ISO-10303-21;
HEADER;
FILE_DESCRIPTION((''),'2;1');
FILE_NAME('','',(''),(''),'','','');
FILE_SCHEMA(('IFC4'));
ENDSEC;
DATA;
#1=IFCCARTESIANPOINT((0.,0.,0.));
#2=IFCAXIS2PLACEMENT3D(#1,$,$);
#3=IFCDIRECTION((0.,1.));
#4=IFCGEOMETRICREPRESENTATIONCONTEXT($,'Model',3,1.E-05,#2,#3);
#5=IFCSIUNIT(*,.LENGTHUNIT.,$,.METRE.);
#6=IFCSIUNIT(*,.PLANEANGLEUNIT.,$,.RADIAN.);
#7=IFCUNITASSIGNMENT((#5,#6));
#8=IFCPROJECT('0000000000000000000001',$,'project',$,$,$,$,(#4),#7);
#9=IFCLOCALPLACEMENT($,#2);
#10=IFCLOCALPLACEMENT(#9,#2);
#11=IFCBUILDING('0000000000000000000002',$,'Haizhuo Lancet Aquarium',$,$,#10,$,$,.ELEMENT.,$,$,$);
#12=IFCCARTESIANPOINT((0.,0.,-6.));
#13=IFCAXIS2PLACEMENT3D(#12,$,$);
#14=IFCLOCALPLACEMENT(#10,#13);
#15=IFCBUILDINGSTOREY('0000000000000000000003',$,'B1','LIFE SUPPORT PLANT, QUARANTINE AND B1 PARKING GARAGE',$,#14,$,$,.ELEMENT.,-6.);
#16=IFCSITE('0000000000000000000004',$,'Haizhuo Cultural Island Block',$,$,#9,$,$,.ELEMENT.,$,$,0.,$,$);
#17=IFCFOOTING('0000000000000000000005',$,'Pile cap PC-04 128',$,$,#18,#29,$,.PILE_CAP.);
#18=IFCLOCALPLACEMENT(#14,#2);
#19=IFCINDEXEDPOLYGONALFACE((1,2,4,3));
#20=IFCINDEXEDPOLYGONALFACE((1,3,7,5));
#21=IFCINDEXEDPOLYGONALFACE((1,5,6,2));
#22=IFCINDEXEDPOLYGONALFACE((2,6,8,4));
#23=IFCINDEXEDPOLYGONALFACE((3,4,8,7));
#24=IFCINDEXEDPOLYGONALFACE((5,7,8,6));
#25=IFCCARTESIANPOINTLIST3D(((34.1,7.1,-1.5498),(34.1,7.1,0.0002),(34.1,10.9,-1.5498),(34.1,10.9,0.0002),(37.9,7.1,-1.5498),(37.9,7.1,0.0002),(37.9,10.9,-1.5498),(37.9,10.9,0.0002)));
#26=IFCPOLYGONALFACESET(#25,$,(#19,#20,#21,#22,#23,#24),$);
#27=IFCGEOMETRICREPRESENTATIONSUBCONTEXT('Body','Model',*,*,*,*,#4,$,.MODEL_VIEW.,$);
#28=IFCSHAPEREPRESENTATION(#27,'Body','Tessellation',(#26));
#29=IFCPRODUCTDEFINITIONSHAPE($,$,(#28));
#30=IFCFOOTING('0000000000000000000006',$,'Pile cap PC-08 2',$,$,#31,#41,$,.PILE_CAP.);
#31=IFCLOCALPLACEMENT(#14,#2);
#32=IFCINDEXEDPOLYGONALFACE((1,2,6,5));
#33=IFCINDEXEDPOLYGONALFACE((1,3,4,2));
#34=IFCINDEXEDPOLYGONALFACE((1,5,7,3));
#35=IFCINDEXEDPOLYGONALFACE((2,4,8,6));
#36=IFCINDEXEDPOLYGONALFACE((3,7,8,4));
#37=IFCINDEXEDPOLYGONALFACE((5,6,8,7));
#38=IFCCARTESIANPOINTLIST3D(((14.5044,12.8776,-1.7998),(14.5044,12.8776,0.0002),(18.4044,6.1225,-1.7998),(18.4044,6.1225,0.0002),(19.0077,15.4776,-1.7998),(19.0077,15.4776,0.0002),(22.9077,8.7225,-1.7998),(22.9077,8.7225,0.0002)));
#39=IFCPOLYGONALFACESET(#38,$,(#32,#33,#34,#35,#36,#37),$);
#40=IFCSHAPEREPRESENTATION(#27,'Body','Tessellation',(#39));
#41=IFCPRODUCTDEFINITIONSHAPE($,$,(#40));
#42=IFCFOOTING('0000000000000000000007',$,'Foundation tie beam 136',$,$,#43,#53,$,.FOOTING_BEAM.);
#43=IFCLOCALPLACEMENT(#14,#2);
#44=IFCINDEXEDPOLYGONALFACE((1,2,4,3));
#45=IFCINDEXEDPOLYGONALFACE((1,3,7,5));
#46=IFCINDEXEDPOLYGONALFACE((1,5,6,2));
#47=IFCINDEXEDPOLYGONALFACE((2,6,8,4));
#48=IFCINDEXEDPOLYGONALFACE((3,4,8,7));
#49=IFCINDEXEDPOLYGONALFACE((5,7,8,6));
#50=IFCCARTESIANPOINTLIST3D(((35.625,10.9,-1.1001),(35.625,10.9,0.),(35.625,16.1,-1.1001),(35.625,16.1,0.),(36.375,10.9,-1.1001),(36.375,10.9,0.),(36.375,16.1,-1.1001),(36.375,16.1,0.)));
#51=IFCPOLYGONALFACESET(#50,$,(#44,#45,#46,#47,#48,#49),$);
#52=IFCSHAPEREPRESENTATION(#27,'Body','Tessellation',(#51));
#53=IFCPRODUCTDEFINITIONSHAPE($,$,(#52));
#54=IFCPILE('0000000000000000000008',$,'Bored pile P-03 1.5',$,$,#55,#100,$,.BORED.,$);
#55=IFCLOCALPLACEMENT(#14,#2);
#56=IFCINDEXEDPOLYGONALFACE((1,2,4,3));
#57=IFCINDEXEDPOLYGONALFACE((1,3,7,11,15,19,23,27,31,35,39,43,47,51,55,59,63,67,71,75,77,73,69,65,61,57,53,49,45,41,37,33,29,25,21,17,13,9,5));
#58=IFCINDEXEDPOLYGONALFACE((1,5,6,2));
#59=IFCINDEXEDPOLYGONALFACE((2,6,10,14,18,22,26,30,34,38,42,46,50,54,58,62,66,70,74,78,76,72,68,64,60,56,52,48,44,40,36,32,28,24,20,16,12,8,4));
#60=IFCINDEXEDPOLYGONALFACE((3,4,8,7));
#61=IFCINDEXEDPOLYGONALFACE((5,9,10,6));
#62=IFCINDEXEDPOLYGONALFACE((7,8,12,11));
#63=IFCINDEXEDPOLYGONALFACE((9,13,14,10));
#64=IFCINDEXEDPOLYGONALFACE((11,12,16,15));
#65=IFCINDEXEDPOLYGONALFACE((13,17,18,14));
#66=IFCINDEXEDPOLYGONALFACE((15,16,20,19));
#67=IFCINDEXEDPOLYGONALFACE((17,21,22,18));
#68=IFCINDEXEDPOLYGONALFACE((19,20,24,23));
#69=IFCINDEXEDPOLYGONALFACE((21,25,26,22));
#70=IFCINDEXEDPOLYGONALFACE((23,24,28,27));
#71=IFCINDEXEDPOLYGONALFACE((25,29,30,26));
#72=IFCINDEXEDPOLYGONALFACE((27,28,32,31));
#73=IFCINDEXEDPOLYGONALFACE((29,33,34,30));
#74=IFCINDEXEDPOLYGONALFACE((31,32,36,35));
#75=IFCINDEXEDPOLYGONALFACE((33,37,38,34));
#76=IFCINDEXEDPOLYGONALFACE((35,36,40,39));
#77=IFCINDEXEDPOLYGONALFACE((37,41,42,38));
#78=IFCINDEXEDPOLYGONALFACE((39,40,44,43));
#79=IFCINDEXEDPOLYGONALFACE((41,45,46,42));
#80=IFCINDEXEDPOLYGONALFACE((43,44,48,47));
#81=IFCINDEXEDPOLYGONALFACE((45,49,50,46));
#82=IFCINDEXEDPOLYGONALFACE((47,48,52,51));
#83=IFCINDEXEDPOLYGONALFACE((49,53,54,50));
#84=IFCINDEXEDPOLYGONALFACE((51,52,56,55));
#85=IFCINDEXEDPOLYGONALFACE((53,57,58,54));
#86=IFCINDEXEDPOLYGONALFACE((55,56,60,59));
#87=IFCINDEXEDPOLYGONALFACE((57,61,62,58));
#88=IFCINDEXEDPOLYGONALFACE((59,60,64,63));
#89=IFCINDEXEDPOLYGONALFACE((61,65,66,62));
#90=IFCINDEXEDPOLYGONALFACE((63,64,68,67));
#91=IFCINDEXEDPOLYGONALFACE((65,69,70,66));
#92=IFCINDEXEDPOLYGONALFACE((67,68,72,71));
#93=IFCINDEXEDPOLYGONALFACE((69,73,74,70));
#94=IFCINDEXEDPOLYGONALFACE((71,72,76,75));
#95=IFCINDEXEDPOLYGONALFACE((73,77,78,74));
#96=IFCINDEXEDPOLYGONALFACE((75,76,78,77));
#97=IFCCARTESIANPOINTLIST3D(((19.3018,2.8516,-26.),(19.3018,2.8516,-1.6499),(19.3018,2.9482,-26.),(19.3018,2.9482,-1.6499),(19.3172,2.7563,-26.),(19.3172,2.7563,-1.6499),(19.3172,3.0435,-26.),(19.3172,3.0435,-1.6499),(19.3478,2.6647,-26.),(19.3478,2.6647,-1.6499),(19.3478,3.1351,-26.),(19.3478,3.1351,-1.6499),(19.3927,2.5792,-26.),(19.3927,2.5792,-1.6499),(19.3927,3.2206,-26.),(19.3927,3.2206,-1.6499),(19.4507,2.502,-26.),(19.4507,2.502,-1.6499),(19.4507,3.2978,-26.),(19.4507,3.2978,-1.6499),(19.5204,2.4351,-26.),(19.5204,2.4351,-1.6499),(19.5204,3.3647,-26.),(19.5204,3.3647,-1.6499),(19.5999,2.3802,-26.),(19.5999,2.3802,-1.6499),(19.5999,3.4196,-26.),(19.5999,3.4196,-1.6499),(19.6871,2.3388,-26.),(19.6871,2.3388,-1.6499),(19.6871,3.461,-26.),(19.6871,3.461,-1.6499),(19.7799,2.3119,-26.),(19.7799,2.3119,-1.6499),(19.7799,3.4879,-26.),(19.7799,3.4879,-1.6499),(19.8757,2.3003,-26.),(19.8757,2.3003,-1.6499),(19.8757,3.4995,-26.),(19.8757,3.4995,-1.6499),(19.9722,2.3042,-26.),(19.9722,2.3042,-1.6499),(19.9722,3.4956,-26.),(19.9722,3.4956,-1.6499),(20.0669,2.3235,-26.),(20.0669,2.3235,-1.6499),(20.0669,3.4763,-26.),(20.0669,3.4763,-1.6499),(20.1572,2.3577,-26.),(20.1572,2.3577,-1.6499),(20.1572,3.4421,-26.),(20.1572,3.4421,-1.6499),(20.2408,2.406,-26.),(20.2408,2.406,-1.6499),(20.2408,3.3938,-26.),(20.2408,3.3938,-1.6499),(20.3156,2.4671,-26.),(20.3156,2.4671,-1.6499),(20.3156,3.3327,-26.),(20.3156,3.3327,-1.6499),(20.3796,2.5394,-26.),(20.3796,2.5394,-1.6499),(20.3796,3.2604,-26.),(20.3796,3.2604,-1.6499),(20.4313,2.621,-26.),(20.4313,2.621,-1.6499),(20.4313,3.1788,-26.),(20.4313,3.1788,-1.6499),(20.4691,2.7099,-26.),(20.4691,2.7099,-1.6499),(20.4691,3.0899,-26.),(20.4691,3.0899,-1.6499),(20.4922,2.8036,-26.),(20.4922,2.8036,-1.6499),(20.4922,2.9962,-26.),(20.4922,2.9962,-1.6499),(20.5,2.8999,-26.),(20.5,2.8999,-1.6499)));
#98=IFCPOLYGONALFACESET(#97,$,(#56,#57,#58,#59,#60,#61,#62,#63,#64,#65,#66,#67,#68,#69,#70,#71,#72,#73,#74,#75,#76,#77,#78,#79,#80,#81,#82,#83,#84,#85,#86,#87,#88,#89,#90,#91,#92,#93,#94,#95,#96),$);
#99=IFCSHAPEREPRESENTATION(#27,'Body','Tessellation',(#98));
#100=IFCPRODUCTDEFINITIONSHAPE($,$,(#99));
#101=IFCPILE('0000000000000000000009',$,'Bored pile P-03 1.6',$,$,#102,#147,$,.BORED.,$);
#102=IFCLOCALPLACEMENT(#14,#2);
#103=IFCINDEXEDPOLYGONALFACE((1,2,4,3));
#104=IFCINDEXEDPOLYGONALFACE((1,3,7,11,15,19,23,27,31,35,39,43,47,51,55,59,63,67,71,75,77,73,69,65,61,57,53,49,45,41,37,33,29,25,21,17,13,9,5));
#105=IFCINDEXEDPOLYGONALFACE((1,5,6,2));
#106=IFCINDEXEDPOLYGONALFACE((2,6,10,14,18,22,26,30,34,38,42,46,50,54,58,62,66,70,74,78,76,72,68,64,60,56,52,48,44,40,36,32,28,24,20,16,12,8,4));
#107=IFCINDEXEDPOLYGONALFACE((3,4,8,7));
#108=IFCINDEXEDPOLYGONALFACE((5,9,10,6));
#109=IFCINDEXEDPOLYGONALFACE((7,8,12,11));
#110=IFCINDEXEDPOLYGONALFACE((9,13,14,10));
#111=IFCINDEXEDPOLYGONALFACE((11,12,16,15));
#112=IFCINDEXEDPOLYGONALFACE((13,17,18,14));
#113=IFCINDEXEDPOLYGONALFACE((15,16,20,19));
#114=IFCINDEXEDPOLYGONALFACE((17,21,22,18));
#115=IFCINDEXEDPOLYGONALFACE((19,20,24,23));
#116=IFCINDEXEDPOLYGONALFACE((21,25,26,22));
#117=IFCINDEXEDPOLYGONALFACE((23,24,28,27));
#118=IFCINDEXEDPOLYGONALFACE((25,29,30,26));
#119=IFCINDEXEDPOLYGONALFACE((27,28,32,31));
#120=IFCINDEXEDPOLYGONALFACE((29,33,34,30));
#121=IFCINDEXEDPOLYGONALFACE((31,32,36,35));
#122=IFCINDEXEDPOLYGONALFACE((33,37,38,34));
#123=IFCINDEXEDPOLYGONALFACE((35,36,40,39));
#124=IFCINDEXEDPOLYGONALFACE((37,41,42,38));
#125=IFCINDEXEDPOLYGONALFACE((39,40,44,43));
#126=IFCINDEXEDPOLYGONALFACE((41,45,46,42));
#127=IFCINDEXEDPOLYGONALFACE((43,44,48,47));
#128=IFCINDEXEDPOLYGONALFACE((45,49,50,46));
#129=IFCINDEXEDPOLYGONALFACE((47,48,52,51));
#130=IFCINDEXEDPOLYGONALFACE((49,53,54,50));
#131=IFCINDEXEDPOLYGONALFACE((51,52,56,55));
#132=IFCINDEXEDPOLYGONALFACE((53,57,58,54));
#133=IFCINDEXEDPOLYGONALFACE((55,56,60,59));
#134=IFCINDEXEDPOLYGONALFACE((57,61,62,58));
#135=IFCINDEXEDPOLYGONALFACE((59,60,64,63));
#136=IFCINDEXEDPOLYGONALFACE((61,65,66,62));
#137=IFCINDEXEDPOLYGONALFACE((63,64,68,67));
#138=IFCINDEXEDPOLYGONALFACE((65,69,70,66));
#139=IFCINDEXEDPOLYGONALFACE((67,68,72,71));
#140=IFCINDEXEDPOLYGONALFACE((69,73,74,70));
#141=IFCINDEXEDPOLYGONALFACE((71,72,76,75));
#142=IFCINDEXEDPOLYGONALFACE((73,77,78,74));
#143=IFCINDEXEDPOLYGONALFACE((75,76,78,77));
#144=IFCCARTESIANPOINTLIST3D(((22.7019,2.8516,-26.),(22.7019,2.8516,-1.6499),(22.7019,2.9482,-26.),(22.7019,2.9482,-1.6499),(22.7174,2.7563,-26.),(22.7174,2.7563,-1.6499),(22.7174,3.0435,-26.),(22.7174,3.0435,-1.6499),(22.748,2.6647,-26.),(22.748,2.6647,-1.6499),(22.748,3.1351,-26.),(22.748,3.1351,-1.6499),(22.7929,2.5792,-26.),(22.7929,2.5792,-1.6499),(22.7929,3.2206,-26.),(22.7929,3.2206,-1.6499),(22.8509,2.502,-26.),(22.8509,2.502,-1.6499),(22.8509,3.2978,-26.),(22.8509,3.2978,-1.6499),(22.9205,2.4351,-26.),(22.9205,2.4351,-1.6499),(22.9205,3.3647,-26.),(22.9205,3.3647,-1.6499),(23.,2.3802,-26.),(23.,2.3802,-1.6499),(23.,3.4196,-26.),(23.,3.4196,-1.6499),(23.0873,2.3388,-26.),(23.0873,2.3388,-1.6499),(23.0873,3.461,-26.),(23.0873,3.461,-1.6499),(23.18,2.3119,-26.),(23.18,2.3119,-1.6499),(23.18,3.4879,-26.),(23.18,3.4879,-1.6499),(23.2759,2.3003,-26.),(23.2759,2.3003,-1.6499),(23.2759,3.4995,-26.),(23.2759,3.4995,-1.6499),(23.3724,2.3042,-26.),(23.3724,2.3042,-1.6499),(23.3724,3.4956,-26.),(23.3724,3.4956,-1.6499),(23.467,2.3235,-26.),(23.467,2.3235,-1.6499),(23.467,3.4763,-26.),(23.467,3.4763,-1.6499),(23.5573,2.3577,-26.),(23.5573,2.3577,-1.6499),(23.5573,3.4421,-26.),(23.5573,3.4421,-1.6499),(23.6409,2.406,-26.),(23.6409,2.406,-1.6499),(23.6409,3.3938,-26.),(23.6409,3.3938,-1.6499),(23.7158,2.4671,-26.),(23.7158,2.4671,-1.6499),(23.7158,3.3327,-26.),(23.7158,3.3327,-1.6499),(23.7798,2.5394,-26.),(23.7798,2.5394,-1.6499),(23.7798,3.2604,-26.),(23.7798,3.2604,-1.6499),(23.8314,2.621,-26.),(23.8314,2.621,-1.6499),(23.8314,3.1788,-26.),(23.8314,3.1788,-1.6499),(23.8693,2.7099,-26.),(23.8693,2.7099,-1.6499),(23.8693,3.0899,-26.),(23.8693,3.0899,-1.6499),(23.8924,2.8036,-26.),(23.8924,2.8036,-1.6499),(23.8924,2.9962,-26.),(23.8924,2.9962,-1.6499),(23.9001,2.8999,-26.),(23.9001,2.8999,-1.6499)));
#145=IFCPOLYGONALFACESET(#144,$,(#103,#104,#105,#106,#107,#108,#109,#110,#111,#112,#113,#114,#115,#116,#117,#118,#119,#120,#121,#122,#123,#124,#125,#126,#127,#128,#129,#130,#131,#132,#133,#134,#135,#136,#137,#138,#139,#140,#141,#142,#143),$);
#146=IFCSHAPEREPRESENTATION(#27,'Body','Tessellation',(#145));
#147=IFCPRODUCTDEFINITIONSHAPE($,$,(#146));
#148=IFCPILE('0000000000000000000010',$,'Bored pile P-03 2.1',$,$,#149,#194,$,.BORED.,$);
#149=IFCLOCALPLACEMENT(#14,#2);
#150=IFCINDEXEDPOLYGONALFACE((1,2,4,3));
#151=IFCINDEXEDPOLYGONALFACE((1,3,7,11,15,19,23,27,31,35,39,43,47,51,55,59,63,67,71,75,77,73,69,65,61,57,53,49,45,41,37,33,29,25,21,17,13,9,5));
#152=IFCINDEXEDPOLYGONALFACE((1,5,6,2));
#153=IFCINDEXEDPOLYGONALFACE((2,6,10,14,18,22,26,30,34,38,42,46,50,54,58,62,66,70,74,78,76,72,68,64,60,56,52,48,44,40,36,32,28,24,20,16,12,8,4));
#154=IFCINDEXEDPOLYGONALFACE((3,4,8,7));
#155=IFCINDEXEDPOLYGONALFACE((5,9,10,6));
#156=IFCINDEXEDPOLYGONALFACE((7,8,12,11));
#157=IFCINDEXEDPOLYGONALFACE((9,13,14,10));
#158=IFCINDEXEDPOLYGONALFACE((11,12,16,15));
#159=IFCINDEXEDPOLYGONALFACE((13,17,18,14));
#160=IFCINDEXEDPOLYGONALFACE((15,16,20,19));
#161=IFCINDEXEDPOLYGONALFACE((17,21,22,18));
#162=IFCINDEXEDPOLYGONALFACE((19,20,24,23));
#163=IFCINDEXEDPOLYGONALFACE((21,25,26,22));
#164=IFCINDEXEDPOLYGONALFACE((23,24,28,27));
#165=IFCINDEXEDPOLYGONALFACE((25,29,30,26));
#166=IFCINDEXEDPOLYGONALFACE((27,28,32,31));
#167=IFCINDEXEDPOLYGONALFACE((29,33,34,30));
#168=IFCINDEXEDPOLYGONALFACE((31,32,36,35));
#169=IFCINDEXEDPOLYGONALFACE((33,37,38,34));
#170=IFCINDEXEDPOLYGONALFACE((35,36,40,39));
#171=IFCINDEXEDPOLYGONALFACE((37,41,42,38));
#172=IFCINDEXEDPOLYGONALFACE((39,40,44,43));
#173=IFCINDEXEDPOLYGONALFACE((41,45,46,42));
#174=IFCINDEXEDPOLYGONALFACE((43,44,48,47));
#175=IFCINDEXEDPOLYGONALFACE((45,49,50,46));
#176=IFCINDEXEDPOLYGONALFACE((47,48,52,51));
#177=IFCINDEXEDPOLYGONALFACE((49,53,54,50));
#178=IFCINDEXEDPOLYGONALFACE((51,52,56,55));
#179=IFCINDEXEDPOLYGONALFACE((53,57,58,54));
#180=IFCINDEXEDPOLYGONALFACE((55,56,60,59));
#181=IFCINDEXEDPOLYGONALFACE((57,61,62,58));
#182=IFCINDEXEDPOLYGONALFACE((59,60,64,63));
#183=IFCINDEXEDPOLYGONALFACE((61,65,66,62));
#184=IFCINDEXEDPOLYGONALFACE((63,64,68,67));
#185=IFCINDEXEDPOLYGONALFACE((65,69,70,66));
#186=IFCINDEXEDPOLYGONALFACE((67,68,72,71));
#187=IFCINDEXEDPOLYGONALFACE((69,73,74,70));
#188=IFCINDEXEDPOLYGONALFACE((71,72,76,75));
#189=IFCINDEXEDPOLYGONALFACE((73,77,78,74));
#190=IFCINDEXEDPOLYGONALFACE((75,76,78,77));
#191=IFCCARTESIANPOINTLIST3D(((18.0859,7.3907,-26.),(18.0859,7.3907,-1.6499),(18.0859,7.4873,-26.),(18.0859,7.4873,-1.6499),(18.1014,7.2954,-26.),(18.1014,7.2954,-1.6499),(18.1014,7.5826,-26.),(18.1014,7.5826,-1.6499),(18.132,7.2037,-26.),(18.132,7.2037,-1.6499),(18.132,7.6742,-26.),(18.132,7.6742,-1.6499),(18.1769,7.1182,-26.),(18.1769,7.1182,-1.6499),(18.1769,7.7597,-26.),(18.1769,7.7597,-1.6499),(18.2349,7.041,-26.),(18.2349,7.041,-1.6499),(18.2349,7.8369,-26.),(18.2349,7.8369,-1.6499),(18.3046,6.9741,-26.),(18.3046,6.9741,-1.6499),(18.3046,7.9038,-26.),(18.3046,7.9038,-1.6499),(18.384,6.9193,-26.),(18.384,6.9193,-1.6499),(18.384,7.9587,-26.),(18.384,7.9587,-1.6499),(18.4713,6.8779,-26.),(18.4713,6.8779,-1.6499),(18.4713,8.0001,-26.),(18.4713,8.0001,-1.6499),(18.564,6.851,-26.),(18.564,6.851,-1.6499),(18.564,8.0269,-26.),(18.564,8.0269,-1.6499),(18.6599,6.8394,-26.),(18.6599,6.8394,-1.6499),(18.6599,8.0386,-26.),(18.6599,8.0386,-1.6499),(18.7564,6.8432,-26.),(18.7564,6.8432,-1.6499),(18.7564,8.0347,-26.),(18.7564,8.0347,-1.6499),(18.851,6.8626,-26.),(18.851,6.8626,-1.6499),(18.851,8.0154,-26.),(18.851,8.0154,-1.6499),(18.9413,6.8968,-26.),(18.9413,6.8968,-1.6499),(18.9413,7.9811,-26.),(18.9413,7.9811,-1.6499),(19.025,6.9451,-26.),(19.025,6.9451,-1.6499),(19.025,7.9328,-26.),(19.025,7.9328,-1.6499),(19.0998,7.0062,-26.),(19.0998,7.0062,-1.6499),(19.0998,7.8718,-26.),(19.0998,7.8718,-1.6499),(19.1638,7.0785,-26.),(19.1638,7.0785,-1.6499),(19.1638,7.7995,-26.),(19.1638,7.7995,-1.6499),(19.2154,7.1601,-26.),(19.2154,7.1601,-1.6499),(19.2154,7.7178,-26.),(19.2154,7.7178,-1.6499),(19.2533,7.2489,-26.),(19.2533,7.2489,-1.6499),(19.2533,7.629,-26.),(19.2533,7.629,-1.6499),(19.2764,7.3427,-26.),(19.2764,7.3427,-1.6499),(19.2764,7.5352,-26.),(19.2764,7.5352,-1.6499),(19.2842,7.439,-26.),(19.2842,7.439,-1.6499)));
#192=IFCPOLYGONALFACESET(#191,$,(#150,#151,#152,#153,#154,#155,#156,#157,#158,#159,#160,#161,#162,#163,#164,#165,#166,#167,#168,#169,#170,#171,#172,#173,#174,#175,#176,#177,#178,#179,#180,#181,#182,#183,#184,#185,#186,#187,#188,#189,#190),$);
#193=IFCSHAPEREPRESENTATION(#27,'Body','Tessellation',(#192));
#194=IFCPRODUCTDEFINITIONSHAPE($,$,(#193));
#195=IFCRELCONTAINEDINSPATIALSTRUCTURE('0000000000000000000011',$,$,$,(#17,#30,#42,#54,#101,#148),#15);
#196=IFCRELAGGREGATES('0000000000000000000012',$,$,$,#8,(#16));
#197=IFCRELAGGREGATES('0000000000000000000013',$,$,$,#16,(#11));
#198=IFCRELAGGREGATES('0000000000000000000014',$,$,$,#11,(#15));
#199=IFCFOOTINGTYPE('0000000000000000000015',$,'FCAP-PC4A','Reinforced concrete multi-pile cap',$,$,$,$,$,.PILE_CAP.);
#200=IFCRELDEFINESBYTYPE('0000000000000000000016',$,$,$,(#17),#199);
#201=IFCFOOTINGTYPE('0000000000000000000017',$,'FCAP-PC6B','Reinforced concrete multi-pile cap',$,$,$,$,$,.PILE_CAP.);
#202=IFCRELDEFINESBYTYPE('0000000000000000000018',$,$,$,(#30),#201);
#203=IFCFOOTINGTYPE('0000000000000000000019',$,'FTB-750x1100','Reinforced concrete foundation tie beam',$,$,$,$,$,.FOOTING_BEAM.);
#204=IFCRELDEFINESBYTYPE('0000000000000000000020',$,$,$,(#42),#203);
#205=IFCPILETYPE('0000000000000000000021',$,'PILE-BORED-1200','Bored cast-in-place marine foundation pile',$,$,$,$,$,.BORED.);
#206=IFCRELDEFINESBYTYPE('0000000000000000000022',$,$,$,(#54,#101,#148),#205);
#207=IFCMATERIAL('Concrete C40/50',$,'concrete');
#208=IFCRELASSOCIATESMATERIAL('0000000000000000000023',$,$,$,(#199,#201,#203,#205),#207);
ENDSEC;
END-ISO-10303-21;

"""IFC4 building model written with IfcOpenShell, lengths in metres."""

from ifc_helpers import new_model, si_unit, direction, frame, origin, origin_2d, place, context, subcontext, project, spatial, rectangle, circle, extrude, material, material_profile, profile_set, type_object, element, save


model = new_model("IFC4")

# Units and contexts
model_context = context("Model", 3, precision=1e-05, world=origin(), true_north=direction((0.0, 1.0)))
body_context = subcontext(model_context, "Body", "Model", "MODEL_VIEW")
ifc_project = project(units=[si_unit("LENGTHUNIT", "METRE"), si_unit("PLANEANGLEUNIT", "RADIAN")], contexts=[model_context])

# Site, building, storey
site_placement = place(None, origin())
site = spatial("IfcSite", under=ifc_project, at=site_placement, Name="Haizhuo Cultural Island Block", CompositionType="ELEMENT", RefElevation=0.0)
building_placement = place(site_placement, origin())
building = spatial("IfcBuilding", under=site, at=building_placement, Name="Haizhuo Lancet Aquarium", CompositionType="ELEMENT")
storey_placement = place(building_placement, frame((0.0, 0.0, -6.0)))
storey = spatial("IfcBuildingStorey", under=building, at=storey_placement, Name="B1", Description="LIFE SUPPORT PLANT, QUARANTINE AND B1 PARKING GARAGE", CompositionType="ELEMENT", Elevation=-6.0)

# Footings
ifc_material_1 = material(Name="Concrete C40/50", Category="concrete")
footing_type_1 = type_object("IfcFootingType", Name="FCAP-PC4A", Description="Reinforced concrete multi-pile cap", PredefinedType="PILE_CAP", material=ifc_material_1)
footing_1_placement = place(storey_placement, frame((36.0, 9.0, -1.5498), z_axis=(0.0, 0.0, 1.0), x_axis=(1.0, 0.0, 0.0)))
element("IfcFooting", 1, at=footing_1_placement, inside=storey, type_object=footing_type_1, Name="Pile cap PC-04 128", PredefinedType="PILE_CAP", context=body_context, shape_type="SweptSolid", body=[
    extrude(rectangle(XDim=3.8, YDim=3.8, at=origin_2d()), origin(), (0.0, 0.0, 1.0), 1.55),
])
footing_type_2 = type_object("IfcFootingType", Name="FCAP-PC6B", Description="Reinforced concrete multi-pile cap", PredefinedType="PILE_CAP", material=ifc_material_1)
footing_2_placement = place(storey_placement, frame((18.7061, 10.8, -1.7998), z_axis=(0.0, 0.0, 1.0), x_axis=(0.866025, 0.5, 0.0)))
element("IfcFooting", 2, at=footing_2_placement, inside=storey, type_object=footing_type_2, Name="Pile cap PC-08 2", PredefinedType="PILE_CAP", context=body_context, shape_type="SweptSolid", body=[
    extrude(rectangle(XDim=5.2, YDim=7.8, at=origin_2d()), origin(), (0.0, 0.0, 1.0), 1.8),
])
footing_type_3 = type_object("IfcFootingType", Name="FTB-750x1100", Description="Reinforced concrete foundation tie beam", PredefinedType="FOOTING_BEAM", material=ifc_material_1)
footing_3_placement = place(storey_placement, frame((36.0, 13.5, -1.1001), z_axis=(0.0, 0.0, 1.0), x_axis=(0.0, 1.0, 0.0)))
element("IfcFooting", 3, at=footing_3_placement, inside=storey, type_object=footing_type_3, Name="Foundation tie beam 136", PredefinedType="FOOTING_BEAM", context=body_context, shape_type="SweptSolid", body=[
    extrude(rectangle(XDim=5.2, YDim=0.75, at=origin_2d()), origin(), (0.0, 0.0, 1.0), 1.1001),
])

# Piles
ifc_material_profile_1 = material_profile(ifc_material_1, circle(Radius=0.6001, at=origin_2d()), Name="PILE-1200")
ifc_profile_set_1 = profile_set([ifc_material_profile_1], Name="Concrete C40/50")
pile_type_1 = type_object("IfcPileType", Name="PILE-BORED-1200", Description="Bored cast-in-place marine foundation pile", PredefinedType="BORED", material=ifc_profile_set_1)
for number, where, z_axis, x_axis, name in (
    (4, (19.8999, 2.8999, -1.6499), (0.0, 0.0, -1.0), (1.0, 0.0, 0.0), "Bored pile P-03 1.5"),
    (5, (23.3, 2.8999, -1.6499), (0.0, 0.0, -1.0), (1.0, 0.0, 0.0), "Bored pile P-03 1.6"),
    (6, (18.6841, 7.439, -1.6499), (0.0, 0.0, -1.0), (1.0, 0.0, 0.0), "Bored pile P-03 2.1"),
):
    element("IfcPile", number, at=place(storey_placement, frame(where, z_axis=z_axis, x_axis=x_axis)), inside=storey, type_object=pile_type_1, Name=name, PredefinedType="BORED", context=body_context, shape_type="SweptSolid", body=[
        extrude(circle(Radius=0.6001, at=origin_2d()), origin(), (0.0, 0.0, 1.0), 24.3501),
    ])

save(model, "model.ifc")
